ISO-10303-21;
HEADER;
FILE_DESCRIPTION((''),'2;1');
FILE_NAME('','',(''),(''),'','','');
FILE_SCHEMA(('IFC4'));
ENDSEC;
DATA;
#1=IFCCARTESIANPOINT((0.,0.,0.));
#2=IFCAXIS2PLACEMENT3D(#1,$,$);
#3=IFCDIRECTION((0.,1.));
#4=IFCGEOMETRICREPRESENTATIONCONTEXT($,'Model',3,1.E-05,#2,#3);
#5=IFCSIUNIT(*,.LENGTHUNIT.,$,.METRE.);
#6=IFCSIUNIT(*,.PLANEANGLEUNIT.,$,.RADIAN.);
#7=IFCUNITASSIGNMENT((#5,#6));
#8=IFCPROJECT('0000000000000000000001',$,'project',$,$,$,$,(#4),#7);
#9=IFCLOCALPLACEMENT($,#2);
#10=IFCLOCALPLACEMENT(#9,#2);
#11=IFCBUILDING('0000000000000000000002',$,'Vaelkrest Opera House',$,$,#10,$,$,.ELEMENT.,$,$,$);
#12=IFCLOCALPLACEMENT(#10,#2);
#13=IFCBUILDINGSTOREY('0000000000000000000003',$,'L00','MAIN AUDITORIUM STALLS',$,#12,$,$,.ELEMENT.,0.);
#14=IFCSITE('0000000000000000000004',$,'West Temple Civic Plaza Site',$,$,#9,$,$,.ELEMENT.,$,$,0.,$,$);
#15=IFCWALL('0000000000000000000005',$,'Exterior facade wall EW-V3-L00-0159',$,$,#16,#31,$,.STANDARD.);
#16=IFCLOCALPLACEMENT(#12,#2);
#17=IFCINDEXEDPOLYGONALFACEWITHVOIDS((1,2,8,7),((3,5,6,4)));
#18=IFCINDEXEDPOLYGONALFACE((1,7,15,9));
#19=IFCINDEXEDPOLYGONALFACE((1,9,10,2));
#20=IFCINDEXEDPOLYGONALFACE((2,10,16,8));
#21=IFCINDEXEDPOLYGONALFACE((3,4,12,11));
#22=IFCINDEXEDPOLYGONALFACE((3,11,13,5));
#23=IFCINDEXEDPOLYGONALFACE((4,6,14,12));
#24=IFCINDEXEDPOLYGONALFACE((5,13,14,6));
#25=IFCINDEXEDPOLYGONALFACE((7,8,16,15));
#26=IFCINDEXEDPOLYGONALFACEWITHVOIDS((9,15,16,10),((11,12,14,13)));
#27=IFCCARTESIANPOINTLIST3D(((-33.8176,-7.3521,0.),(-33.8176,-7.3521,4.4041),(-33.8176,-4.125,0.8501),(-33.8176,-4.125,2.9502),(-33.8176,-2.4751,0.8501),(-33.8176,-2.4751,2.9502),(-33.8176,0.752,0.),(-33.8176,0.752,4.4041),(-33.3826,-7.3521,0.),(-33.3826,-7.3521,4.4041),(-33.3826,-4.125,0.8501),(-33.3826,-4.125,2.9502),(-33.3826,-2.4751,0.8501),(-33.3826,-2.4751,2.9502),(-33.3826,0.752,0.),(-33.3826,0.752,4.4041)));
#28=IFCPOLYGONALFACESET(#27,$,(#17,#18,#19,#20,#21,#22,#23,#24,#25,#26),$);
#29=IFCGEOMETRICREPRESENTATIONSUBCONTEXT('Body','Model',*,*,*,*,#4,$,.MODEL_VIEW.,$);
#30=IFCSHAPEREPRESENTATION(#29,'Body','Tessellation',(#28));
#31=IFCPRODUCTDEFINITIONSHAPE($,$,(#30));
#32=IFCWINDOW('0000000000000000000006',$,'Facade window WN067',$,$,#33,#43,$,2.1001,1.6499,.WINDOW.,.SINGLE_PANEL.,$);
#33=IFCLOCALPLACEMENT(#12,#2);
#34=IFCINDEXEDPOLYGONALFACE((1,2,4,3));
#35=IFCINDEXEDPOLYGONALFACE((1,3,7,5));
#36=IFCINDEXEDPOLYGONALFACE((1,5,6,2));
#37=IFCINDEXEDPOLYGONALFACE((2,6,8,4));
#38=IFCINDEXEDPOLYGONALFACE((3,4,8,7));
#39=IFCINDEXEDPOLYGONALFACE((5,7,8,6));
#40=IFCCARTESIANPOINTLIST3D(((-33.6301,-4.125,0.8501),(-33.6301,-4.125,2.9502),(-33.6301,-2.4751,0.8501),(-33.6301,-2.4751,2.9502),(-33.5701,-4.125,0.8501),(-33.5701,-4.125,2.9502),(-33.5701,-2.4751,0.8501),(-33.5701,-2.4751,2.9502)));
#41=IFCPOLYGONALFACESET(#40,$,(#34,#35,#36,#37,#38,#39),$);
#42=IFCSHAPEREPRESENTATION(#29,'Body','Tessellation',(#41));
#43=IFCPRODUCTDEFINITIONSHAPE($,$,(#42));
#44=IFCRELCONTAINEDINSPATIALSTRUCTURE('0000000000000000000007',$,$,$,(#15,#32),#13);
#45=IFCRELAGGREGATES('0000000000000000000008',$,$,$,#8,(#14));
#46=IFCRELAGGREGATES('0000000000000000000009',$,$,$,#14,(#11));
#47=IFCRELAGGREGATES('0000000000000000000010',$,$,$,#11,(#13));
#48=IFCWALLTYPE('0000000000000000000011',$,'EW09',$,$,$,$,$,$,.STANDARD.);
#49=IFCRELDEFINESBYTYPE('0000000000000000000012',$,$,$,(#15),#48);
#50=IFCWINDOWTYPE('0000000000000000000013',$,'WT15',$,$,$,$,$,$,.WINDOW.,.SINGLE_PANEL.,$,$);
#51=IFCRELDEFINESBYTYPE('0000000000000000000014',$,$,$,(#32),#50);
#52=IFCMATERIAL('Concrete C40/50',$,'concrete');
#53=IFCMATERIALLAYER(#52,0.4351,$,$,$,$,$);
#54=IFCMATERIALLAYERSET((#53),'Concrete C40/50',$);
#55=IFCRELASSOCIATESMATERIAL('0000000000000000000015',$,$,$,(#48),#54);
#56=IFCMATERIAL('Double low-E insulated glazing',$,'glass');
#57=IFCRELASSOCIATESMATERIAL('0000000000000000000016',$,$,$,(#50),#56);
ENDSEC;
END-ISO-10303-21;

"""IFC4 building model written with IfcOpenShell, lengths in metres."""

from ifc_helpers import new_model, si_unit, direction, frame, frame_2d, origin, place, context, subcontext, project, spatial, rectangle, extrude, material, layer, layer_set, type_object, element, fill, save


model = new_model("IFC4")

# Units and contexts
model_context = context("Model", 3, precision=1e-05, world=origin(), true_north=direction((0.0, 1.0)))
body_context = subcontext(model_context, "Body", "Model", "MODEL_VIEW")
ifc_project = project(units=[si_unit("LENGTHUNIT", "METRE"), si_unit("PLANEANGLEUNIT", "RADIAN")], contexts=[model_context])

# Site, building, storey
site_placement = place(None, origin())
site = spatial("IfcSite", under=ifc_project, at=site_placement, Name="West Temple Civic Plaza Site", CompositionType="ELEMENT", RefElevation=0.0)
building_placement = place(site_placement, origin())
building = spatial("IfcBuilding", under=site, at=building_placement, Name="Vaelkrest Opera House", CompositionType="ELEMENT")
storey_placement = place(building_placement, origin())
storey = spatial("IfcBuildingStorey", under=building, at=storey_placement, Name="L00", Description="MAIN AUDITORIUM STALLS", CompositionType="ELEMENT", Elevation=0.0)

# Shared definitions
ifc_material_1 = material(Name="Double low-E insulated glazing", Category="glass")

# Wall, opening, window
ifc_material_2 = material(Name="Concrete C40/50", Category="concrete")
ifc_layer_1 = layer(ifc_material_2, 0.4351)
ifc_layer_set_1 = layer_set([ifc_layer_1], Name="Concrete C40/50")
wall_type = type_object("IfcWallType", Name="EW09", PredefinedType="STANDARD", material=ifc_layer_set_1)
wall_placement = place(storey_placement, frame((-33.6001, 0.752, 0.0), z_axis=(0.0, 0.0, 1.0), x_axis=(0.0, -1.0, 0.0)))
wall = element("IfcWall", 1, at=wall_placement, inside=storey, type_object=wall_type, Name="Exterior facade wall EW-V3-L00-0159", PredefinedType="STANDARD", context=body_context, shape_type="SweptSolid", body=[
    extrude(rectangle(XDim=8.104, YDim=0.4351, at=frame_2d((4.052, 0.0))), origin(), (0.0, 0.0, 1.0), 4.4041),
])
opening_placement = place(wall_placement, frame((3.2271, 0.0, 0.8501)))
opening = element("IfcOpeningElement", 2, at=opening_placement, cuts=wall, PredefinedType="OPENING", context=body_context, shape_type="SweptSolid", body=[
    extrude(rectangle(XDim=1.6499, YDim=2.1001, at=frame_2d((0.825, 1.05))), frame((0.0, 0.2275, 0.0), z_axis=(0.0, -1.0, 0.0), x_axis=(1.0, 0.0, 0.0)), (0.0, 0.0, 1.0), 0.4551),
])
window_type = type_object("IfcWindowType", Name="WT15", PartitioningType="SINGLE_PANEL", PredefinedType="WINDOW", material=ifc_material_1)
window_placement = place(opening_placement, origin())
window = element("IfcWindow", 3, at=window_placement, inside=storey, type_object=window_type, Name="Facade window WN067", OverallHeight=2.1001, OverallWidth=1.6499, PartitioningType="SINGLE_PANEL", PredefinedType="WINDOW", context=body_context, shape_type="SweptSolid", body=[
    extrude(rectangle(XDim=1.6499, YDim=2.1001, at=frame_2d((0.825, 1.05))), frame((0.0, 0.03, 0.0), z_axis=(0.0, -1.0, 0.0), x_axis=(1.0, 0.0, 0.0)), (0.0, 0.0, 1.0), 0.0601),
])
fill(opening, window)

save(model, "model.ifc")
